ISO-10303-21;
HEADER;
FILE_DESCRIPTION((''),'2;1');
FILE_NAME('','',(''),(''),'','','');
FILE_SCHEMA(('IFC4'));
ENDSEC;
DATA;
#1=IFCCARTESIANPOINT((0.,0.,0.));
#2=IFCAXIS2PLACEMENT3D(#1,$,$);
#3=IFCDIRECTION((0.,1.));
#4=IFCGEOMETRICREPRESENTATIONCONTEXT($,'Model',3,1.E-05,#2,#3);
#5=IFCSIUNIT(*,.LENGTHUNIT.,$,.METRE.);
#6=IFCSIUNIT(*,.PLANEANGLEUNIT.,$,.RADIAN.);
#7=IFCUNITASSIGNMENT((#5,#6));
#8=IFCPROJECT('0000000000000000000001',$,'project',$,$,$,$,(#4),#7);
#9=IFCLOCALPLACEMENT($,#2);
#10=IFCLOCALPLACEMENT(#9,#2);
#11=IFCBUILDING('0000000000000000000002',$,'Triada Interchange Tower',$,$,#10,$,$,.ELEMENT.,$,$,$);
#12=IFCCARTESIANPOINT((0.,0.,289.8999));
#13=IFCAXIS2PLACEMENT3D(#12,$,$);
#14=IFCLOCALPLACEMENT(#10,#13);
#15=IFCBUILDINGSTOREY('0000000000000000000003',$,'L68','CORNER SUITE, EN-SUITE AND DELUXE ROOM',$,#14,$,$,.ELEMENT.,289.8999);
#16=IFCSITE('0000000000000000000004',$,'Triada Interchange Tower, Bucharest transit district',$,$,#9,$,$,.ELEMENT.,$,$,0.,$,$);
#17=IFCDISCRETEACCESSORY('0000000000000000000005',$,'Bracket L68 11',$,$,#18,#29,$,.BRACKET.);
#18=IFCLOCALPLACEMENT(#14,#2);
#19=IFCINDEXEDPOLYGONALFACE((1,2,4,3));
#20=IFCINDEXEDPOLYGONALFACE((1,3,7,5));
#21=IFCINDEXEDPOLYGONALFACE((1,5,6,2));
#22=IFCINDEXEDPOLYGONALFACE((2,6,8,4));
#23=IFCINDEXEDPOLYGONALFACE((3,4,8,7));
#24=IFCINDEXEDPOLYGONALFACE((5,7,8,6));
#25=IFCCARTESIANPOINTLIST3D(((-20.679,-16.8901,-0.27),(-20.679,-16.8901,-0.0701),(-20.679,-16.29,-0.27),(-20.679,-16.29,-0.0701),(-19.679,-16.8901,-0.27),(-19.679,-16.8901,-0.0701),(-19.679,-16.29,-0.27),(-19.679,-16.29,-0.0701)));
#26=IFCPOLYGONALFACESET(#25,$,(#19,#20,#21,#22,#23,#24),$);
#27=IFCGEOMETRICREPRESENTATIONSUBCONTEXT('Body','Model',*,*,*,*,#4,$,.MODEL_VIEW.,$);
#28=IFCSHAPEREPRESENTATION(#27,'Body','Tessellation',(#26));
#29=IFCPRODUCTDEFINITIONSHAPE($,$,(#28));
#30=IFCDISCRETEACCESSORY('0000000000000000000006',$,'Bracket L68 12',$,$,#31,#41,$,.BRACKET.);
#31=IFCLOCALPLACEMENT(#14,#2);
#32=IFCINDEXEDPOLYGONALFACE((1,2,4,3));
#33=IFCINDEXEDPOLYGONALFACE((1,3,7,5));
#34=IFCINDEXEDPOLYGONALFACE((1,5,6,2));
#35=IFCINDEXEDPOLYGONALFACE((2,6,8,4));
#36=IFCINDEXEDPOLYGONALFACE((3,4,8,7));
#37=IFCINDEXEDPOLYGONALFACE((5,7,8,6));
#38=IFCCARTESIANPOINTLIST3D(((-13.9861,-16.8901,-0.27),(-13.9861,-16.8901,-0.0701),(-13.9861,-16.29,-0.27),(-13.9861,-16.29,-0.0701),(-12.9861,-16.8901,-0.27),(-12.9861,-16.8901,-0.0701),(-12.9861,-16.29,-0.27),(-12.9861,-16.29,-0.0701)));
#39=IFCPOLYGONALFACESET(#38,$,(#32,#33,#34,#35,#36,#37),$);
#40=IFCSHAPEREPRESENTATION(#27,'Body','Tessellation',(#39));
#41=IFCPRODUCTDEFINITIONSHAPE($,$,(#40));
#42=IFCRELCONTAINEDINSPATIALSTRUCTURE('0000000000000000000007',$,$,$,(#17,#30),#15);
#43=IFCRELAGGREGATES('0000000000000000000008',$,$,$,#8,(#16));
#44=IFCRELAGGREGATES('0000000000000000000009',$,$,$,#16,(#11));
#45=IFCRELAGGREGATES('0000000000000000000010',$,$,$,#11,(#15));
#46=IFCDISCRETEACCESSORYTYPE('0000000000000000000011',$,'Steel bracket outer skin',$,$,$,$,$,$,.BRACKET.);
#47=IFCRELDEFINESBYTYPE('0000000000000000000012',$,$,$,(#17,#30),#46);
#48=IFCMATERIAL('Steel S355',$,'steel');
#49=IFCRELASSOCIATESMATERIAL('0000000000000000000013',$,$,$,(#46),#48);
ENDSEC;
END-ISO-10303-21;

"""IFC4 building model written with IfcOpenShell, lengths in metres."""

from ifc_helpers import new_model, si_unit, direction, frame, origin, origin_2d, place, context, subcontext, project, spatial, rectangle, extrude, material, type_object, element, save


model = new_model("IFC4")

# Units and contexts
model_context = context("Model", 3, precision=1e-05, world=origin(), true_north=direction((0.0, 1.0)))
body_context = subcontext(model_context, "Body", "Model", "MODEL_VIEW")
ifc_project = project(units=[si_unit("LENGTHUNIT", "METRE"), si_unit("PLANEANGLEUNIT", "RADIAN")], contexts=[model_context])

# Site, building, storey
site_placement = place(None, origin())
site = spatial("IfcSite", under=ifc_project, at=site_placement, Name="Triada Interchange Tower, Bucharest transit district", CompositionType="ELEMENT", RefElevation=0.0)
building_placement = place(site_placement, origin())
building = spatial("IfcBuilding", under=site, at=building_placement, Name="Triada Interchange Tower", CompositionType="ELEMENT")
storey_placement = place(building_placement, frame((0.0, 0.0, 289.8999)))
storey = spatial("IfcBuildingStorey", under=building, at=storey_placement, Name="L68", Description="CORNER SUITE, EN-SUITE AND DELUXE ROOM", CompositionType="ELEMENT", Elevation=289.8999)

# Discrete accessories
ifc_material_1 = material(Name="Steel S355", Category="steel")
discrete_accessory_type = type_object("IfcDiscreteAccessoryType", Name="Steel bracket outer skin", PredefinedType="BRACKET", material=ifc_material_1)
for number, where, z_axis, x_axis, name in (
    (1, (-20.179, -16.5901, -0.27), (0.0, 0.0, 1.0), (0.0, -1.0, 0.0), "Bracket L68 11"),
    (2, (-13.4861, -16.5901, -0.27), (0.0, 0.0, 1.0), (0.0, -1.0, 0.0), "Bracket L68 12"),
):
    element("IfcDiscreteAccessory", number, at=place(storey_placement, frame(where, z_axis=z_axis, x_axis=x_axis)), inside=storey, type_object=discrete_accessory_type, Name=name, PredefinedType="BRACKET", context=body_context, shape_type="SweptSolid", body=[
        extrude(rectangle(XDim=0.6001, YDim=1.0, at=origin_2d()), origin(), (0.0, 0.0, 1.0), 0.2),
    ])

save(model, "model.ifc")
